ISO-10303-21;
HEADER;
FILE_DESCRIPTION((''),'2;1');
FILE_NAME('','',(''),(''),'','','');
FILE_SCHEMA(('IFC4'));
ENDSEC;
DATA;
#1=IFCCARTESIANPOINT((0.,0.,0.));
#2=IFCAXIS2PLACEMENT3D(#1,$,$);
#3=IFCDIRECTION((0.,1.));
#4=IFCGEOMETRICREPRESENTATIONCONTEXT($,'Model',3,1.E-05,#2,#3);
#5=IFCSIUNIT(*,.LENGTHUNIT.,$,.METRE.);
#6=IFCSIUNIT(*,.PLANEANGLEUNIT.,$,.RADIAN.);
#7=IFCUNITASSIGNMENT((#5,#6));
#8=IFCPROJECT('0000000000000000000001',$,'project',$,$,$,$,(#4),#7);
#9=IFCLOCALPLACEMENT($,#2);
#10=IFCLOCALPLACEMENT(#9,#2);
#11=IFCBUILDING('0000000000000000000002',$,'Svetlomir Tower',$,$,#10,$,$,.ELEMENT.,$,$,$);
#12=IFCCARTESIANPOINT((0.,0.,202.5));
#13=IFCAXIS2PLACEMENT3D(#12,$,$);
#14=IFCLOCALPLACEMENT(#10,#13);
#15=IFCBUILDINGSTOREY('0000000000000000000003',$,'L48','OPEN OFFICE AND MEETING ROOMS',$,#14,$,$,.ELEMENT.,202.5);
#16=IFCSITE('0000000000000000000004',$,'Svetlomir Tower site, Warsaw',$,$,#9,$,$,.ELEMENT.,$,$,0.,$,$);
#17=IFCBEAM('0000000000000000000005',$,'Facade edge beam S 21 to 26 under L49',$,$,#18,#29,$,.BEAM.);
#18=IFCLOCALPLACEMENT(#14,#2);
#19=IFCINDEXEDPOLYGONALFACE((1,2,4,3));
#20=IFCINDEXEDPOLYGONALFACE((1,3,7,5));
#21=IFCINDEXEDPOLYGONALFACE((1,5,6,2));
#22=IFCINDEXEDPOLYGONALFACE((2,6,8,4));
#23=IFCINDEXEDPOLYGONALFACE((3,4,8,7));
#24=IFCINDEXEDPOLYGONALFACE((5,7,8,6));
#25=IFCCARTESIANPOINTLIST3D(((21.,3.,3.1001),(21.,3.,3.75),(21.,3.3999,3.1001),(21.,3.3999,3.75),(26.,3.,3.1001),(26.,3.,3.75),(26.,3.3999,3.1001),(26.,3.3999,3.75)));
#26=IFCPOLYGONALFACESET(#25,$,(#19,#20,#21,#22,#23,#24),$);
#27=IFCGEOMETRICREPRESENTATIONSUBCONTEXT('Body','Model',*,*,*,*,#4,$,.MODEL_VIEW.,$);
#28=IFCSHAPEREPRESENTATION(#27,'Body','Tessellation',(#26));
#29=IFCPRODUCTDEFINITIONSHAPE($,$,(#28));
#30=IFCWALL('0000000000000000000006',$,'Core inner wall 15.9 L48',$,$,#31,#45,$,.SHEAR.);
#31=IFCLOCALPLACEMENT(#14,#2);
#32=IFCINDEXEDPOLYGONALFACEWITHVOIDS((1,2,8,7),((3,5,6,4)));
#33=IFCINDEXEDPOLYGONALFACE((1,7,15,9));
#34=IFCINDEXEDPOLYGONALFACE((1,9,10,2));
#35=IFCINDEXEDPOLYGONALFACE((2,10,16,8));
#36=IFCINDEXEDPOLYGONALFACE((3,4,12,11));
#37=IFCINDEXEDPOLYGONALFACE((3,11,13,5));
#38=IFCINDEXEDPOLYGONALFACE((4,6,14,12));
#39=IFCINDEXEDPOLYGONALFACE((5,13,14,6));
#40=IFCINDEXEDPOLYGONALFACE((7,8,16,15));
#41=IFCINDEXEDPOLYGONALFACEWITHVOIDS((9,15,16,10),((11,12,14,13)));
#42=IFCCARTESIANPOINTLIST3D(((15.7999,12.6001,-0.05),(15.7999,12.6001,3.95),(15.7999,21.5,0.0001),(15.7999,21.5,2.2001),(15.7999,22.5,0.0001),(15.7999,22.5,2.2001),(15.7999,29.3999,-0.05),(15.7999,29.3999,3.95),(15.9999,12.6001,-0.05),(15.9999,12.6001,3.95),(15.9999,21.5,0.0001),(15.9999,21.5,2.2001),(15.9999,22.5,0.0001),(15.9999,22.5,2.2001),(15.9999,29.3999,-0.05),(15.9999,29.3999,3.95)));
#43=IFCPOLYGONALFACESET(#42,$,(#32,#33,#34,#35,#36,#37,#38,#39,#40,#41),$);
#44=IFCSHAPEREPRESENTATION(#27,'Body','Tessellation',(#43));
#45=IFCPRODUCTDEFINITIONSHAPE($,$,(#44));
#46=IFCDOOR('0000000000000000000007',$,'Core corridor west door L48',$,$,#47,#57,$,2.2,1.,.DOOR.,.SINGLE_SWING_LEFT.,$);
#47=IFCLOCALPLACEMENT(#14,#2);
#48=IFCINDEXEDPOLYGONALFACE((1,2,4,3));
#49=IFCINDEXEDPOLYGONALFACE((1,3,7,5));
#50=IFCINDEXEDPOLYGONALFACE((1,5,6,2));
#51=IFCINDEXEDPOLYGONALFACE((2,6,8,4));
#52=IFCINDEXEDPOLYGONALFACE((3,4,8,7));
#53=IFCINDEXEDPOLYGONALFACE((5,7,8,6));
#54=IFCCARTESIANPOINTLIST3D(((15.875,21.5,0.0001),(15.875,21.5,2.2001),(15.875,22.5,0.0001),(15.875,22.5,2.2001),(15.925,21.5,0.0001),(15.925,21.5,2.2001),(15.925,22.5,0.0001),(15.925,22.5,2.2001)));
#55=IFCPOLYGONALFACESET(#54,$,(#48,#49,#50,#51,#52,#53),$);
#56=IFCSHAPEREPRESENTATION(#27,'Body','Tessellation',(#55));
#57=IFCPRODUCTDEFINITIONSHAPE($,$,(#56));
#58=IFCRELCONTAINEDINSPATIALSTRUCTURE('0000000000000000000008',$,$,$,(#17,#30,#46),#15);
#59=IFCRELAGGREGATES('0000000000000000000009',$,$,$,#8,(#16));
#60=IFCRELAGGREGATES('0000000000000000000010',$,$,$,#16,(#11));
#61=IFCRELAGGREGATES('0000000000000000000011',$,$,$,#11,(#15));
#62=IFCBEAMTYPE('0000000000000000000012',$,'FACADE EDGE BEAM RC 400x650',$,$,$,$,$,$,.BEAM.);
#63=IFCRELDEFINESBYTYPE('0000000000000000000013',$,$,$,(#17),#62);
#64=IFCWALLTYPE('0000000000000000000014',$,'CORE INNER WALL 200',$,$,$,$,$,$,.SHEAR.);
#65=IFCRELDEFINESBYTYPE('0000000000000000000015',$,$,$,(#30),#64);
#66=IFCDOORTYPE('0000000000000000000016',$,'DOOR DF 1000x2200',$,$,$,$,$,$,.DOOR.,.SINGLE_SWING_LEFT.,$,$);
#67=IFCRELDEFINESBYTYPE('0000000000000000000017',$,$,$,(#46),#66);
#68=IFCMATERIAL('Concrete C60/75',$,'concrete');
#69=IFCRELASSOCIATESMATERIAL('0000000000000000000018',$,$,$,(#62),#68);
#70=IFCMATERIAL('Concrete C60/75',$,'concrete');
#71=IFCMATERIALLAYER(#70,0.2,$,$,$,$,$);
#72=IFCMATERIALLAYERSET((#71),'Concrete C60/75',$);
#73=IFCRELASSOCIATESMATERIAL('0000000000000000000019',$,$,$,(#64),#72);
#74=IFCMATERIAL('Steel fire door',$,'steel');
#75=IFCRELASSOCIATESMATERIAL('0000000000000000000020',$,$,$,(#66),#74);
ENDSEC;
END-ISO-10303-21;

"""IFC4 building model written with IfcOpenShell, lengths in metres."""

from ifc_helpers import new_model, si_unit, direction, frame, frame_2d, origin, origin_2d, place, context, subcontext, project, spatial, rectangle, extrude, material, layer, layer_set, material_profile, profile_set, type_object, element, fill, save


model = new_model("IFC4")

# Units and contexts
model_context = context("Model", 3, precision=1e-05, world=origin(), true_north=direction((0.0, 1.0)))
body_context = subcontext(model_context, "Body", "Model", "MODEL_VIEW")
ifc_project = project(units=[si_unit("LENGTHUNIT", "METRE"), si_unit("PLANEANGLEUNIT", "RADIAN")], contexts=[model_context])

# Site, building, storey
site_placement = place(None, origin())
site = spatial("IfcSite", under=ifc_project, at=site_placement, Name="Svetlomir Tower site, Warsaw", CompositionType="ELEMENT", RefElevation=0.0)
building_placement = place(site_placement, origin())
building = spatial("IfcBuilding", under=site, at=building_placement, Name="Svetlomir Tower", CompositionType="ELEMENT")
storey_placement = place(building_placement, frame((0.0, 0.0, 202.5)))
storey = spatial("IfcBuildingStorey", under=building, at=storey_placement, Name="L48", Description="OPEN OFFICE AND MEETING ROOMS", CompositionType="ELEMENT", Elevation=202.5)

# Beam
ifc_material_1 = material(Name="Concrete C60/75", Category="concrete")
ifc_material_profile = material_profile(ifc_material_1, rectangle(XDim=0.3999, YDim=0.6499, at=origin_2d()), Name="RC 400x650")
ifc_profile_set = profile_set([ifc_material_profile], Name="Concrete C60/75")
beam_type = type_object("IfcBeamType", Name="FACADE EDGE BEAM RC 400x650", PredefinedType="BEAM", material=ifc_profile_set)
beam_placement = place(storey_placement, frame((21.0, 3.2, 3.425), z_axis=(1.0, 0.0, 0.0), x_axis=(0.0, 1.0, 0.0)))
element("IfcBeam", 1, at=beam_placement, inside=storey, type_object=beam_type, Name="Facade edge beam S 21 to 26 under L49", PredefinedType="BEAM", context=body_context, shape_type="SweptSolid", body=[
    extrude(rectangle(XDim=0.3999, YDim=0.6499, at=origin_2d()), origin(), (0.0, 0.0, 1.0), 5.0),
])

# Wall, opening, door
ifc_material_2 = material(Name="Concrete C60/75", Category="concrete")
ifc_layer_1 = layer(ifc_material_2, 0.2)
ifc_layer_set_1 = layer_set([ifc_layer_1], Name="Concrete C60/75")
wall_type_1 = type_object("IfcWallType", Name="CORE INNER WALL 200", PredefinedType="SHEAR", material=ifc_layer_set_1)
wall_1_placement = place(storey_placement, frame((15.8999, 12.6001, -0.05), z_axis=(0.0, 0.0, 1.0), x_axis=(0.0, 1.0, 0.0)))
wall_1 = element("IfcWall", 2, at=wall_1_placement, inside=storey, type_object=wall_type_1, Name="Core inner wall 15.9 L48", PredefinedType="SHEAR", context=body_context, shape_type="SweptSolid", body=[
    extrude(rectangle(XDim=16.7998, YDim=0.2, at=frame_2d((8.3999, 0.0))), origin(), (0.0, 0.0, 1.0), 4.0),
])
opening_1_placement = place(wall_1_placement, frame((8.8999, 0.0, 0.05)))
opening_1 = element("IfcOpeningElement", 3, at=opening_1_placement, cuts=wall_1, PredefinedType="OPENING", context=body_context, shape_type="SweptSolid", body=[
    extrude(rectangle(XDim=1.0, YDim=2.2, at=frame_2d((0.5, 1.1001))), frame((0.0, 0.1099, 0.0), z_axis=(0.0, -1.0, 0.0), x_axis=(1.0, 0.0, 0.0)), (0.0, 0.0, 1.0), 0.22),
])
ifc_material_3 = material(Name="Steel fire door", Category="steel")
door_type_1 = type_object("IfcDoorType", Name="DOOR DF 1000x2200", OperationType="SINGLE_SWING_LEFT", PredefinedType="DOOR", material=ifc_material_3)
door_1_placement = place(opening_1_placement, origin())
door_1 = element("IfcDoor", 4, at=door_1_placement, inside=storey, type_object=door_type_1, Name="Core corridor west door L48", OperationType="SINGLE_SWING_LEFT", OverallHeight=2.2, OverallWidth=1.0, PredefinedType="DOOR", context=body_context, shape_type="SweptSolid", body=[
    extrude(rectangle(XDim=1.0, YDim=2.2, at=frame_2d((0.5, 1.1001))), frame((0.0, 0.0249, 0.0), z_axis=(0.0, -1.0, 0.0), x_axis=(1.0, 0.0, 0.0)), (0.0, 0.0, 1.0), 0.05),
])
fill(opening_1, door_1)

save(model, "model.ifc")
